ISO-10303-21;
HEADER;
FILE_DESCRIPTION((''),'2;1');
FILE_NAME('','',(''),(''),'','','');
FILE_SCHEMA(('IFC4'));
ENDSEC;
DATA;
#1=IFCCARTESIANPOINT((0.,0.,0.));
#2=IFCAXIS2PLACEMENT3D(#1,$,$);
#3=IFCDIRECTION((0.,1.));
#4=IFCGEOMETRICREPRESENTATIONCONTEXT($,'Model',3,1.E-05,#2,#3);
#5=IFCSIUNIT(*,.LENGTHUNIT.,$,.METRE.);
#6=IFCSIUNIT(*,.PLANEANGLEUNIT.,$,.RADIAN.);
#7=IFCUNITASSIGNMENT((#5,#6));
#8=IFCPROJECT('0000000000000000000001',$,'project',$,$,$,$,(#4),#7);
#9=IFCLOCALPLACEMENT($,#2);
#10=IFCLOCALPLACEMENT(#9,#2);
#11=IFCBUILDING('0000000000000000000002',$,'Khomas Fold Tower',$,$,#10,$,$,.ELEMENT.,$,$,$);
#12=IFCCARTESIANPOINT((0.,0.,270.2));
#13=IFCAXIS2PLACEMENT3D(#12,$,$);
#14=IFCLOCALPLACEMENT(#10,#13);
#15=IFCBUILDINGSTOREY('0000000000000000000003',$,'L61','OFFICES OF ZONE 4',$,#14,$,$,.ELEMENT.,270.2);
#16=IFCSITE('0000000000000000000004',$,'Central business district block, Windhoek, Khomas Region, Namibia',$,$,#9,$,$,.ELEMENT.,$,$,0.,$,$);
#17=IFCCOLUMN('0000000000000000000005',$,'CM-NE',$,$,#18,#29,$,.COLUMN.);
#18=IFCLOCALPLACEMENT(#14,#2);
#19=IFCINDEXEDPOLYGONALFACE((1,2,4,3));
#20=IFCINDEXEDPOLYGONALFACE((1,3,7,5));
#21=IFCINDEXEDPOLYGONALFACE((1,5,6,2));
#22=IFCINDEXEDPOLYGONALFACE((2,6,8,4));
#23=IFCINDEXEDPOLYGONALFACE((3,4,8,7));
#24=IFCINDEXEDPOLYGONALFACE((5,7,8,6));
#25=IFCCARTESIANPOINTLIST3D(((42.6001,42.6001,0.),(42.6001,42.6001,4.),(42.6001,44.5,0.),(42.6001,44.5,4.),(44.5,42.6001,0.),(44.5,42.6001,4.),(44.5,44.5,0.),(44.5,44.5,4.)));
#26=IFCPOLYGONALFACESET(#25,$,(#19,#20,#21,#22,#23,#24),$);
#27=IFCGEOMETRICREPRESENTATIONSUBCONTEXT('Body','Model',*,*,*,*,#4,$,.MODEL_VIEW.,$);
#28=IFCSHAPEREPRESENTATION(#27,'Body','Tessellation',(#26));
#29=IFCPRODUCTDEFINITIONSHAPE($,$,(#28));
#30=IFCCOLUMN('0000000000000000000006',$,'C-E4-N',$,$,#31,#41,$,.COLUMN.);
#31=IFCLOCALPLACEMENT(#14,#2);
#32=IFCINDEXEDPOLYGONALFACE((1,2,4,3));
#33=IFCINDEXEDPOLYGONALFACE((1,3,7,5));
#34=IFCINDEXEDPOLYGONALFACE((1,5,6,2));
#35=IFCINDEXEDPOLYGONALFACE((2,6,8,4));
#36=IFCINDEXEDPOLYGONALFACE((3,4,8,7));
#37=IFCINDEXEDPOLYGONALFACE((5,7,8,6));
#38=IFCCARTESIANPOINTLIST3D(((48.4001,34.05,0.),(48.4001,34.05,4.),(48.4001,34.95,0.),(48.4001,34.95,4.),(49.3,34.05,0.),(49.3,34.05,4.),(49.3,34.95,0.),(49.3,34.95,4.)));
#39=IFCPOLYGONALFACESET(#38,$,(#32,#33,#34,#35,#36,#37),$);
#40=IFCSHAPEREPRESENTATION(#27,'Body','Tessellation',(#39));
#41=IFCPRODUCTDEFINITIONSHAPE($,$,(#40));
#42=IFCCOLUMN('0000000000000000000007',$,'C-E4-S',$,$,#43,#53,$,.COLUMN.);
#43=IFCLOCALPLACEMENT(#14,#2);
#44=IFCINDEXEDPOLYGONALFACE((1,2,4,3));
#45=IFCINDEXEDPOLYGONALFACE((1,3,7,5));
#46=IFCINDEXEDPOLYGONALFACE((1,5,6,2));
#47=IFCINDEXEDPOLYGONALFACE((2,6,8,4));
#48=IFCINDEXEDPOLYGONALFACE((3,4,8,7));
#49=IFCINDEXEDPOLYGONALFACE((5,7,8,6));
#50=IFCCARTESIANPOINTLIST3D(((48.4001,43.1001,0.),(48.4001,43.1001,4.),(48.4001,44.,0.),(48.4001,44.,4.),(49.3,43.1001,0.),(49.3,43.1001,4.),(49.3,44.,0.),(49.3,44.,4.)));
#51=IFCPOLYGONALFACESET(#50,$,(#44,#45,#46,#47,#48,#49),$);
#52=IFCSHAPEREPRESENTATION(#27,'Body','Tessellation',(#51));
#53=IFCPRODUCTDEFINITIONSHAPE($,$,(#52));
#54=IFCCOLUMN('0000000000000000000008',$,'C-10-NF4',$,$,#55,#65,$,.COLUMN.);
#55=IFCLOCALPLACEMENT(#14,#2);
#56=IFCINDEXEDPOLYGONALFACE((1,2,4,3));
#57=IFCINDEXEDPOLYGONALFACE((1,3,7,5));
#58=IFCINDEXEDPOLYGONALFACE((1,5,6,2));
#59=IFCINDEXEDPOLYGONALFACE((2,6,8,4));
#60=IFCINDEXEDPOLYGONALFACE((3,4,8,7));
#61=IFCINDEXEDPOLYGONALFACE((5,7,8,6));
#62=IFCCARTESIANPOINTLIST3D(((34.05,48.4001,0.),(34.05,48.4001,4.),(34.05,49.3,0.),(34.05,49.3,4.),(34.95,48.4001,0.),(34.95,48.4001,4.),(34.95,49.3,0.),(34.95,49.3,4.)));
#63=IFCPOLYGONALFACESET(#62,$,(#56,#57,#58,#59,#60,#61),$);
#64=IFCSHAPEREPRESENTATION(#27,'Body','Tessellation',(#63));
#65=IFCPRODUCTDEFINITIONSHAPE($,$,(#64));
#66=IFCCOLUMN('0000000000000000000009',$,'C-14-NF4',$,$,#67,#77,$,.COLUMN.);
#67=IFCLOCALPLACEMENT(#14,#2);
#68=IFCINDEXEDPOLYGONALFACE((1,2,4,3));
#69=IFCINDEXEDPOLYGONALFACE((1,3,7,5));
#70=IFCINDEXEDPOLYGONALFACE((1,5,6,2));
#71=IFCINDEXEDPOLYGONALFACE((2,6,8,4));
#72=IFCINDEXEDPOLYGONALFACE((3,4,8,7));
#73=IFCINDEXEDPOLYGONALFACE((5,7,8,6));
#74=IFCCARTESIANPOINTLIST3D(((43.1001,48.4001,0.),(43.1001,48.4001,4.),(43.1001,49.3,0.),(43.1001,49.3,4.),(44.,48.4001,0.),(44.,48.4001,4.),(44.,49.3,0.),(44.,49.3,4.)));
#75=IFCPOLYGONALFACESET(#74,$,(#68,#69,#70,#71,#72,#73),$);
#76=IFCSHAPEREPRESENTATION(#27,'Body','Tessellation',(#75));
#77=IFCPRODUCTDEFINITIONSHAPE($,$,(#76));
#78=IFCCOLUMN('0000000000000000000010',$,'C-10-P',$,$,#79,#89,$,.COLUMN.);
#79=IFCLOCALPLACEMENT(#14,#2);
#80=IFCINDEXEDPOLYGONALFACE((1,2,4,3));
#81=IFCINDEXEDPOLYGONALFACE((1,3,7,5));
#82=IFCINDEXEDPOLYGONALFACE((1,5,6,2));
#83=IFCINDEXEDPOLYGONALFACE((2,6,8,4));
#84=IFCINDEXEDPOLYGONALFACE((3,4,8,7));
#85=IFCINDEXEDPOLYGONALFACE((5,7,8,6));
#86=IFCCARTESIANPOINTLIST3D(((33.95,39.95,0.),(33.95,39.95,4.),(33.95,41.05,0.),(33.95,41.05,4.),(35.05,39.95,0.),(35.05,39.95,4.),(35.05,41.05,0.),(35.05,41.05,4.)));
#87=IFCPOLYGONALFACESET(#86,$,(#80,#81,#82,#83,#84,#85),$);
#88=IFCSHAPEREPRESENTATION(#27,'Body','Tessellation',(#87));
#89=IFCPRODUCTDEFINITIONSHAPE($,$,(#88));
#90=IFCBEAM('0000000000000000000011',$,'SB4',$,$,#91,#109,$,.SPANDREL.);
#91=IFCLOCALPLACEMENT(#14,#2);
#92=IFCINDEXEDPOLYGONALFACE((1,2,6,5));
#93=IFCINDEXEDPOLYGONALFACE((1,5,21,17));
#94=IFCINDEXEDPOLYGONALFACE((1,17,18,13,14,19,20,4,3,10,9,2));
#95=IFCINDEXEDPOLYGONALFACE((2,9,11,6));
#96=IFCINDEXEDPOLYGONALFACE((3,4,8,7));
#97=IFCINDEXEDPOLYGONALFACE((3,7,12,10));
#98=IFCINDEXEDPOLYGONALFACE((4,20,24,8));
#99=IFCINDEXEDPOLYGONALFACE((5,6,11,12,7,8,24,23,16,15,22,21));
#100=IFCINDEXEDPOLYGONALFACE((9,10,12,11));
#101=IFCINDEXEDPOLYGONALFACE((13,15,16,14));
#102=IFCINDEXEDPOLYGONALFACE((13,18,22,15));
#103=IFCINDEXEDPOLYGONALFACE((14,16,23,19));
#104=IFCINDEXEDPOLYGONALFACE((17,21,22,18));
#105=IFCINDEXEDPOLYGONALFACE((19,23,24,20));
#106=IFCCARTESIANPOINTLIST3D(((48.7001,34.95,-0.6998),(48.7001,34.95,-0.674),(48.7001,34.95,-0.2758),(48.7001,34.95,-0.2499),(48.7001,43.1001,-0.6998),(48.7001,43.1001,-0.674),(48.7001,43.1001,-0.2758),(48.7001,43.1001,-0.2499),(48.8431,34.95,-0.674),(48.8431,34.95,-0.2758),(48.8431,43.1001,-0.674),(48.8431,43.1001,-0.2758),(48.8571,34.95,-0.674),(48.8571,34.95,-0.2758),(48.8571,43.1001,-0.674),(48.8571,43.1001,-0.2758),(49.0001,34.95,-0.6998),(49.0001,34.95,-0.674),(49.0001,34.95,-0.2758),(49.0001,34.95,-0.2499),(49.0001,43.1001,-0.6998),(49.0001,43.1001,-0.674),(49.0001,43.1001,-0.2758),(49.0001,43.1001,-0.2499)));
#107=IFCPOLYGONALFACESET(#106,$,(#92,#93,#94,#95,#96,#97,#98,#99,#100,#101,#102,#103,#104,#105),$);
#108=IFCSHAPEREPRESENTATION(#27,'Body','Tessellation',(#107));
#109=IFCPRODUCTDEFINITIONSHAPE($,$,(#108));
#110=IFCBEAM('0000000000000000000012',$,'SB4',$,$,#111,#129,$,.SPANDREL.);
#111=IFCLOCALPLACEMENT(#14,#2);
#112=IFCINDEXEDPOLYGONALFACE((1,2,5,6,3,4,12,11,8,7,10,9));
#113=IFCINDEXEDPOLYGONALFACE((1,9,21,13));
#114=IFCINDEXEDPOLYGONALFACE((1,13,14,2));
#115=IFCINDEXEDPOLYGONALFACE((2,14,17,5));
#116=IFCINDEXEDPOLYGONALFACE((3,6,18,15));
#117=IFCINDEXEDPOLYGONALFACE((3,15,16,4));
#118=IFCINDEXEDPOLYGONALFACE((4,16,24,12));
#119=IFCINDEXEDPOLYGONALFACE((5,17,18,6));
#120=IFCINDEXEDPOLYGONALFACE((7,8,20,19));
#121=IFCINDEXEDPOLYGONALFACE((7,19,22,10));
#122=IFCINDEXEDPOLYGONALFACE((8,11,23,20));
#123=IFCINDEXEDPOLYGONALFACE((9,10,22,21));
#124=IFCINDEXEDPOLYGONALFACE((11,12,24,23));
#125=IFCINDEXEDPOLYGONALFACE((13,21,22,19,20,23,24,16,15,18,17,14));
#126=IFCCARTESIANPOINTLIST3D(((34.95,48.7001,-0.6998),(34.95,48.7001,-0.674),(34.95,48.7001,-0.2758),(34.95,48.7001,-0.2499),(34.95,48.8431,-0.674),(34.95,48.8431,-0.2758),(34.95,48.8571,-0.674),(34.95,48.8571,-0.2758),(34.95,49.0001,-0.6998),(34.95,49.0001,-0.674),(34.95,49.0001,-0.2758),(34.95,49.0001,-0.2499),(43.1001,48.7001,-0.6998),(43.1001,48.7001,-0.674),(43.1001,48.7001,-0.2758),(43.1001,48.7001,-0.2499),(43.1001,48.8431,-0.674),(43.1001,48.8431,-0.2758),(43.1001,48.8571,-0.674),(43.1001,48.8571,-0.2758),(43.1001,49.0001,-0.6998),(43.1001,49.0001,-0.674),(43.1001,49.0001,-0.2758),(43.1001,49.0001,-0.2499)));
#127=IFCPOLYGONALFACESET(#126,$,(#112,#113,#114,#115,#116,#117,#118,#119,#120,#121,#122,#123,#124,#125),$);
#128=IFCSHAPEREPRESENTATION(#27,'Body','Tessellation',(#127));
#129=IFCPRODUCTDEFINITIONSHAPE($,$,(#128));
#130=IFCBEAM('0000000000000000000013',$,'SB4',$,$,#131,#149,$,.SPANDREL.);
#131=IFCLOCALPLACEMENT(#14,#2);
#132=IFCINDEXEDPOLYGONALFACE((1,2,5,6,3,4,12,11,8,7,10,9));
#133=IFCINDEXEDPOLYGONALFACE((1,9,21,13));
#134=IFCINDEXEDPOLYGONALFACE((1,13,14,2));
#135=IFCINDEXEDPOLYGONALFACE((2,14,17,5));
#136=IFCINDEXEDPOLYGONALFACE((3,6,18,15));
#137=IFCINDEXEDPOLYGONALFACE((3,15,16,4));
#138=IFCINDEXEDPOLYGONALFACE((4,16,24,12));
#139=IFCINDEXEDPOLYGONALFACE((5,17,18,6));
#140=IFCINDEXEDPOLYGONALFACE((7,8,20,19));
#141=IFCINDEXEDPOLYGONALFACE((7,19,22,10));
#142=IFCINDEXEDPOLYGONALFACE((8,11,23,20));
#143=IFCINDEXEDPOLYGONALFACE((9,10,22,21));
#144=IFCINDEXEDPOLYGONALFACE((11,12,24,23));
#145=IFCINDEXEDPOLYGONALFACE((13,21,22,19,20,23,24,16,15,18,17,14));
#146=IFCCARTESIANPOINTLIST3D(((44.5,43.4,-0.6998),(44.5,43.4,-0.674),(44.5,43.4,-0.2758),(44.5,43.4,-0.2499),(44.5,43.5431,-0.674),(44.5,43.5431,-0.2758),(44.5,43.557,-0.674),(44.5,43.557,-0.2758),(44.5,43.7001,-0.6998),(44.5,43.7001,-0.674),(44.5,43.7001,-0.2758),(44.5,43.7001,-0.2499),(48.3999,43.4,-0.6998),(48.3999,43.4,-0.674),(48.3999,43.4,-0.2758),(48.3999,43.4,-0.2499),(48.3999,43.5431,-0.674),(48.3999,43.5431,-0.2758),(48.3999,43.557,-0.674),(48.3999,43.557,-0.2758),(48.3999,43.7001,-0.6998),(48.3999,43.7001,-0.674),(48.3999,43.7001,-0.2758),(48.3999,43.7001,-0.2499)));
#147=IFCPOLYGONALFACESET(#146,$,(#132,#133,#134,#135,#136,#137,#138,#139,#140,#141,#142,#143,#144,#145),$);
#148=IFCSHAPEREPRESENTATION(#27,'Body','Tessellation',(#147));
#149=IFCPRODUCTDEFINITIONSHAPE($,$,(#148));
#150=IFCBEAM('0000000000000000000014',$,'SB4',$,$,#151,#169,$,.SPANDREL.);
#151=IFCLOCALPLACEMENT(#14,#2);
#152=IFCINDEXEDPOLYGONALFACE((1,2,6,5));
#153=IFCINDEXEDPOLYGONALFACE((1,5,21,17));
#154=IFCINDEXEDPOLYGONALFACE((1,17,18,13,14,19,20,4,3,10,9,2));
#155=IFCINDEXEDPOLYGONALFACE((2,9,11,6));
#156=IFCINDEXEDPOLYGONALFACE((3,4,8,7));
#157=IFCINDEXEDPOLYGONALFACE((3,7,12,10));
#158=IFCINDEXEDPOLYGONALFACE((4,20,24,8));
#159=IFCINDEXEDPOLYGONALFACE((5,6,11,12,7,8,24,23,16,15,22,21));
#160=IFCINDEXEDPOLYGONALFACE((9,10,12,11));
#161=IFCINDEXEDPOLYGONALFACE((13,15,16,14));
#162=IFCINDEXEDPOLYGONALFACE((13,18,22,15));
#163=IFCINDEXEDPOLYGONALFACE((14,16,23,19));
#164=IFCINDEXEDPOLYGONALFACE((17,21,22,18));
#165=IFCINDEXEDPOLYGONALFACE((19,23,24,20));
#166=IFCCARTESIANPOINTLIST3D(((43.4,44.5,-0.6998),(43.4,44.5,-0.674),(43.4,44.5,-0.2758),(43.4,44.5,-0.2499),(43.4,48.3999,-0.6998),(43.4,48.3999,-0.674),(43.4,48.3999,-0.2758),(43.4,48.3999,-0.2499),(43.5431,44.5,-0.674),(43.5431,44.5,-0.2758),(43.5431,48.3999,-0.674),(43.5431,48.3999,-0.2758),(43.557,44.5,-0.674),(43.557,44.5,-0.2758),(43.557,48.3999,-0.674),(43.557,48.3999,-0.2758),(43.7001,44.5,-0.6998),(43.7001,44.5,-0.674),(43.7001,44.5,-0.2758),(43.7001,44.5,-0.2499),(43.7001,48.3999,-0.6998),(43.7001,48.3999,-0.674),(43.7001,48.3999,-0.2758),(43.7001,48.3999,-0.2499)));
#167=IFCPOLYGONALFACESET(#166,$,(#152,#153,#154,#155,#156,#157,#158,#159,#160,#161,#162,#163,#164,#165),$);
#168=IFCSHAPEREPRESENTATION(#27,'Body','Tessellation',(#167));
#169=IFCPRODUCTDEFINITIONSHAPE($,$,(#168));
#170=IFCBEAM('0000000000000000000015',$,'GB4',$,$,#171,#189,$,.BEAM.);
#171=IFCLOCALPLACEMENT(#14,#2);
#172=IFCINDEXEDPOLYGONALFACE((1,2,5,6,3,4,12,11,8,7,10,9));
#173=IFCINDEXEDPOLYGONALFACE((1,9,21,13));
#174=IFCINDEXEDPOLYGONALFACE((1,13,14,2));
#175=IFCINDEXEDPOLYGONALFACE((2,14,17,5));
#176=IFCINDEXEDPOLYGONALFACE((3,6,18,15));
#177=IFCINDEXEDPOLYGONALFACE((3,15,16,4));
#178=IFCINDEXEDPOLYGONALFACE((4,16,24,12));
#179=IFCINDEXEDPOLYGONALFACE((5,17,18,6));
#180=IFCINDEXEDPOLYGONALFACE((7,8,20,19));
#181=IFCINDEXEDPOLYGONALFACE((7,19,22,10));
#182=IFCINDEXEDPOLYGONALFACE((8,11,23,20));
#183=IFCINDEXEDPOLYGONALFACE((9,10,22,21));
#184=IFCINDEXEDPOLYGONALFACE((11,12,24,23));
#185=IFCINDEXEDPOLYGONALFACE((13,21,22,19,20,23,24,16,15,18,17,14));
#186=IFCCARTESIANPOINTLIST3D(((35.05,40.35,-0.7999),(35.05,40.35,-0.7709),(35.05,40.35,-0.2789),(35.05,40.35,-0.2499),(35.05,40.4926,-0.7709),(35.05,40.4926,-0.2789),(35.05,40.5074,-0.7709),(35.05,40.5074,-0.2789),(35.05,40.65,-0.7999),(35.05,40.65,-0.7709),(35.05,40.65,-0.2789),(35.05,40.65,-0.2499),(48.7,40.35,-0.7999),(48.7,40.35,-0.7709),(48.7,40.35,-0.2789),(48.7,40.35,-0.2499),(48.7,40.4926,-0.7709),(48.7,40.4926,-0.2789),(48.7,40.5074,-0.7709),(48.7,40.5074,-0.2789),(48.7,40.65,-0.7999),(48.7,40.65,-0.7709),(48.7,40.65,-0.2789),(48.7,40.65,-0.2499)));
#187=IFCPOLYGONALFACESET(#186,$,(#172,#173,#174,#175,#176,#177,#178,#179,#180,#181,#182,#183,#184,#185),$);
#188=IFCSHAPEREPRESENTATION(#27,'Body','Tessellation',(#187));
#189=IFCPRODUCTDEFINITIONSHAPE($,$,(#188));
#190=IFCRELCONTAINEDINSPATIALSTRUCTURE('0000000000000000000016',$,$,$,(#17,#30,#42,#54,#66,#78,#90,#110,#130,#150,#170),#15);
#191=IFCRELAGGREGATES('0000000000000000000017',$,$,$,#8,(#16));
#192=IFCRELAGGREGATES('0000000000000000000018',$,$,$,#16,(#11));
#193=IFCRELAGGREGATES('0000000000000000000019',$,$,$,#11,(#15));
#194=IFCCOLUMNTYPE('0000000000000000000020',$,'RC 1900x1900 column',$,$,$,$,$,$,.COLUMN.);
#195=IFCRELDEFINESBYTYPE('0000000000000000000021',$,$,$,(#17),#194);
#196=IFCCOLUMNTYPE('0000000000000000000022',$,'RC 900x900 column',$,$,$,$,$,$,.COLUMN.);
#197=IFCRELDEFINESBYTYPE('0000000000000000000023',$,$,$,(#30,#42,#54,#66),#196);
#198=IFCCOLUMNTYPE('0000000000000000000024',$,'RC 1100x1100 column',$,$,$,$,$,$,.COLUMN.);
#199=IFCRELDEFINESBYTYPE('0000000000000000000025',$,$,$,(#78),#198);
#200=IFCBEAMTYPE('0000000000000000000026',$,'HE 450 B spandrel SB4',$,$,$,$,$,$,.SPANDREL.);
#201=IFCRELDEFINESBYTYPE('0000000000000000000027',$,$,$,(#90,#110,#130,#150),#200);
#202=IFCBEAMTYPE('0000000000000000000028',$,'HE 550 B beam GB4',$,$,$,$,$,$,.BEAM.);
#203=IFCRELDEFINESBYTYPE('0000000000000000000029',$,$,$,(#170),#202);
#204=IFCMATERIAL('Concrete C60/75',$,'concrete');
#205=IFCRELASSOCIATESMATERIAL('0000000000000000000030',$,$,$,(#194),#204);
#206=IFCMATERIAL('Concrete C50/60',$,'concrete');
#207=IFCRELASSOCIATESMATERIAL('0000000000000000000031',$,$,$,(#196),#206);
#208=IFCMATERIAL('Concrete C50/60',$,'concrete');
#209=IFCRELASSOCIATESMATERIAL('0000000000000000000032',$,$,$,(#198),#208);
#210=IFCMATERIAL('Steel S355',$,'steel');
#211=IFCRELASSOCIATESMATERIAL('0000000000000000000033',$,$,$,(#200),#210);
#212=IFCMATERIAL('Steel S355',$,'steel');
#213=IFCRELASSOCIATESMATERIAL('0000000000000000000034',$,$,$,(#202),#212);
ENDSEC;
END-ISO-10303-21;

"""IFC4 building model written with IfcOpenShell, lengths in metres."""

from ifc_helpers import new_model, si_unit, direction, frame, origin, origin_2d, place, context, subcontext, project, spatial, rectangle, i_section, extrude, source, transform, mapped, material, material_profile, profile_set, type_object, element, save


model = new_model("IFC4")

# Units and contexts
model_context = context("Model", 3, precision=1e-05, world=origin(), true_north=direction((0.0, 1.0)))
body_context = subcontext(model_context, "Body", "Model", "MODEL_VIEW")
ifc_project = project(units=[si_unit("LENGTHUNIT", "METRE"), si_unit("PLANEANGLEUNIT", "RADIAN")], contexts=[model_context])

# Site, building, storey
site_placement = place(None, origin())
site = spatial("IfcSite", under=ifc_project, at=site_placement, Name="Central business district block, Windhoek, Khomas Region, Namibia", CompositionType="ELEMENT", RefElevation=0.0)
building_placement = place(site_placement, origin())
building = spatial("IfcBuilding", under=site, at=building_placement, Name="Khomas Fold Tower", CompositionType="ELEMENT")
storey_placement = place(building_placement, frame((0.0, 0.0, 270.2)))
storey = spatial("IfcBuildingStorey", under=building, at=storey_placement, Name="L61", Description="OFFICES OF ZONE 4", CompositionType="ELEMENT", Elevation=270.2)

# Columns
ifc_material_1 = material(Name="Concrete C60/75", Category="concrete")
ifc_material_profile_1 = material_profile(ifc_material_1, rectangle(XDim=1.8999, YDim=1.8999, at=origin_2d()), Name="RC 1900x1900")
ifc_profile_set_1 = profile_set([ifc_material_profile_1], Name="Concrete C60/75")
column_type_1 = type_object("IfcColumnType", Name="RC 1900x1900 column", PredefinedType="COLUMN", material=ifc_profile_set_1)
shared_shape_1 = source(origin(), body_context, "Body", "SweptSolid", [
    extrude(rectangle(XDim=1.8999, YDim=1.8999, at=origin_2d()), origin(), (0.0, 0.0, 1.0), 4.0),
])
column_1_placement = place(storey_placement, frame((43.55, 43.55, 0.0), z_axis=(0.0, 0.0, 1.0), x_axis=(1.0, 0.0, 0.0)))
element("IfcColumn", 1, at=column_1_placement, inside=storey, type_object=column_type_1, Name="CM-NE", PredefinedType="COLUMN", context=body_context, shape_type="MappedRepresentation", body=[
    mapped(shared_shape_1, transform((0.0, 0.0, 0.0))),
])
ifc_material_2 = material(Name="Concrete C50/60", Category="concrete")
ifc_material_profile_2 = material_profile(ifc_material_2, rectangle(XDim=0.8999, YDim=0.8999, at=origin_2d()), Name="RC 900x900")
ifc_profile_set_2 = profile_set([ifc_material_profile_2], Name="Concrete C50/60")
column_type_2 = type_object("IfcColumnType", Name="RC 900x900 column", PredefinedType="COLUMN", material=ifc_profile_set_2)
shared_shape_2 = source(origin(), body_context, "Body", "SweptSolid", [
    extrude(rectangle(XDim=0.8999, YDim=0.8999, at=origin_2d()), origin(), (0.0, 0.0, 1.0), 4.0),
])
for number, where, z_axis, x_axis, name in (
    (2, (48.8501, 34.5, 0.0), (0.0, 0.0, 1.0), (1.0, 0.0, 0.0), "C-E4-N"),
    (3, (48.8501, 43.55, 0.0), (0.0, 0.0, 1.0), (1.0, 0.0, 0.0), "C-E4-S"),
    (4, (34.5, 48.8501, 0.0), (0.0, 0.0, 1.0), (1.0, 0.0, 0.0), "C-10-NF4"),
    (5, (43.55, 48.8501, 0.0), (0.0, 0.0, 1.0), (1.0, 0.0, 0.0), "C-14-NF4"),
):
    element("IfcColumn", number, at=place(storey_placement, frame(where, z_axis=z_axis, x_axis=x_axis)), inside=storey, type_object=column_type_2, Name=name, PredefinedType="COLUMN", context=body_context, shape_type="MappedRepresentation", body=[
        mapped(shared_shape_2, transform((0.0, 0.0, 0.0))),
    ])
ifc_material_3 = material(Name="Concrete C50/60", Category="concrete")
ifc_material_profile_3 = material_profile(ifc_material_3, rectangle(XDim=1.1001, YDim=1.1001, at=origin_2d()), Name="RC 1100x1100")
ifc_profile_set_3 = profile_set([ifc_material_profile_3], Name="Concrete C50/60")
column_type_3 = type_object("IfcColumnType", Name="RC 1100x1100 column", PredefinedType="COLUMN", material=ifc_profile_set_3)
shared_shape_3 = source(origin(), body_context, "Body", "SweptSolid", [
    extrude(rectangle(XDim=1.1001, YDim=1.1001, at=origin_2d()), origin(), (0.0, 0.0, 1.0), 4.0),
])
column_2_placement = place(storey_placement, frame((34.5, 40.5, 0.0), z_axis=(0.0, 0.0, 1.0), x_axis=(1.0, 0.0, 0.0)))
element("IfcColumn", 6, at=column_2_placement, inside=storey, type_object=column_type_3, Name="C-10-P", PredefinedType="COLUMN", context=body_context, shape_type="MappedRepresentation", body=[
    mapped(shared_shape_3, transform((0.0, 0.0, 0.0))),
])

# Beams
ifc_material_4 = material(Name="Steel S355", Category="steel")
ifc_material_profile_4 = material_profile(ifc_material_4, i_section(OverallWidth=0.3, OverallDepth=0.45, WebThickness=0.0139, FlangeThickness=0.0259, at=origin_2d()), Name="HE 450 B")
ifc_profile_set_4 = profile_set([ifc_material_profile_4], Name="Steel S355")
beam_type_1 = type_object("IfcBeamType", Name="HE 450 B spandrel SB4", PredefinedType="SPANDREL", material=ifc_profile_set_4)
shared_shape_4 = source(origin(), body_context, "Body", "SweptSolid", [
    extrude(i_section(OverallWidth=0.3, OverallDepth=0.45, WebThickness=0.0139, FlangeThickness=0.0259, at=origin_2d()), origin(), (0.0, 0.0, 1.0), 8.1501),
])
for number, where, z_axis, x_axis, name in (
    (7, (48.8501, 34.95, -0.4749), (0.0, 1.0, 0.0), (-1.0, 0.0, 0.0), "SB4"),
    (8, (34.95, 48.8501, -0.4749), (1.0, 0.0, 0.0), (0.0, 1.0, 0.0), "SB4"),
):
    element("IfcBeam", number, at=place(storey_placement, frame(where, z_axis=z_axis, x_axis=x_axis)), inside=storey, type_object=beam_type_1, Name=name, PredefinedType="SPANDREL", context=body_context, shape_type="MappedRepresentation", body=[
        mapped(shared_shape_4, transform((0.0, 0.0, 0.0))),
    ])
shared_shape_5 = source(origin(), body_context, "Body", "SweptSolid", [
    extrude(i_section(OverallWidth=0.3, OverallDepth=0.45, WebThickness=0.0139, FlangeThickness=0.0259, at=origin_2d()), origin(), (0.0, 0.0, 1.0), 3.8999),
])
for number, where, z_axis, x_axis, name in (
    (9, (44.5, 43.55, -0.4749), (1.0, 0.0, 0.0), (0.0, 1.0, 0.0), "SB4"),
    (10, (43.55, 44.5, -0.4749), (0.0, 1.0, 0.0), (-1.0, 0.0, 0.0), "SB4"),
):
    element("IfcBeam", number, at=place(storey_placement, frame(where, z_axis=z_axis, x_axis=x_axis)), inside=storey, type_object=beam_type_1, Name=name, PredefinedType="SPANDREL", context=body_context, shape_type="MappedRepresentation", body=[
        mapped(shared_shape_5, transform((0.0, 0.0, 0.0))),
    ])
ifc_material_5 = material(Name="Steel S355", Category="steel")
ifc_material_profile_5 = material_profile(ifc_material_5, i_section(OverallWidth=0.3, OverallDepth=0.55, WebThickness=0.0149, FlangeThickness=0.0291, at=origin_2d()), Name="HE 550 B")
ifc_profile_set_5 = profile_set([ifc_material_profile_5], Name="Steel S355")
beam_type_2 = type_object("IfcBeamType", Name="HE 550 B beam GB4", PredefinedType="BEAM", material=ifc_profile_set_5)
shared_shape_6 = source(origin(), body_context, "Body", "SweptSolid", [
    extrude(i_section(OverallWidth=0.3, OverallDepth=0.55, WebThickness=0.0149, FlangeThickness=0.0291, at=origin_2d()), origin(), (0.0, 0.0, 1.0), 13.6499),
])
beam_1_placement = place(storey_placement, frame((35.05, 40.5, -0.5249), z_axis=(1.0, 0.0, 0.0), x_axis=(0.0, 1.0, 0.0)))
element("IfcBeam", 11, at=beam_1_placement, inside=storey, type_object=beam_type_2, Name="GB4", PredefinedType="BEAM", context=body_context, shape_type="MappedRepresentation", body=[
    mapped(shared_shape_6, transform((0.0, 0.0, 0.0))),
])

save(model, "model.ifc")
